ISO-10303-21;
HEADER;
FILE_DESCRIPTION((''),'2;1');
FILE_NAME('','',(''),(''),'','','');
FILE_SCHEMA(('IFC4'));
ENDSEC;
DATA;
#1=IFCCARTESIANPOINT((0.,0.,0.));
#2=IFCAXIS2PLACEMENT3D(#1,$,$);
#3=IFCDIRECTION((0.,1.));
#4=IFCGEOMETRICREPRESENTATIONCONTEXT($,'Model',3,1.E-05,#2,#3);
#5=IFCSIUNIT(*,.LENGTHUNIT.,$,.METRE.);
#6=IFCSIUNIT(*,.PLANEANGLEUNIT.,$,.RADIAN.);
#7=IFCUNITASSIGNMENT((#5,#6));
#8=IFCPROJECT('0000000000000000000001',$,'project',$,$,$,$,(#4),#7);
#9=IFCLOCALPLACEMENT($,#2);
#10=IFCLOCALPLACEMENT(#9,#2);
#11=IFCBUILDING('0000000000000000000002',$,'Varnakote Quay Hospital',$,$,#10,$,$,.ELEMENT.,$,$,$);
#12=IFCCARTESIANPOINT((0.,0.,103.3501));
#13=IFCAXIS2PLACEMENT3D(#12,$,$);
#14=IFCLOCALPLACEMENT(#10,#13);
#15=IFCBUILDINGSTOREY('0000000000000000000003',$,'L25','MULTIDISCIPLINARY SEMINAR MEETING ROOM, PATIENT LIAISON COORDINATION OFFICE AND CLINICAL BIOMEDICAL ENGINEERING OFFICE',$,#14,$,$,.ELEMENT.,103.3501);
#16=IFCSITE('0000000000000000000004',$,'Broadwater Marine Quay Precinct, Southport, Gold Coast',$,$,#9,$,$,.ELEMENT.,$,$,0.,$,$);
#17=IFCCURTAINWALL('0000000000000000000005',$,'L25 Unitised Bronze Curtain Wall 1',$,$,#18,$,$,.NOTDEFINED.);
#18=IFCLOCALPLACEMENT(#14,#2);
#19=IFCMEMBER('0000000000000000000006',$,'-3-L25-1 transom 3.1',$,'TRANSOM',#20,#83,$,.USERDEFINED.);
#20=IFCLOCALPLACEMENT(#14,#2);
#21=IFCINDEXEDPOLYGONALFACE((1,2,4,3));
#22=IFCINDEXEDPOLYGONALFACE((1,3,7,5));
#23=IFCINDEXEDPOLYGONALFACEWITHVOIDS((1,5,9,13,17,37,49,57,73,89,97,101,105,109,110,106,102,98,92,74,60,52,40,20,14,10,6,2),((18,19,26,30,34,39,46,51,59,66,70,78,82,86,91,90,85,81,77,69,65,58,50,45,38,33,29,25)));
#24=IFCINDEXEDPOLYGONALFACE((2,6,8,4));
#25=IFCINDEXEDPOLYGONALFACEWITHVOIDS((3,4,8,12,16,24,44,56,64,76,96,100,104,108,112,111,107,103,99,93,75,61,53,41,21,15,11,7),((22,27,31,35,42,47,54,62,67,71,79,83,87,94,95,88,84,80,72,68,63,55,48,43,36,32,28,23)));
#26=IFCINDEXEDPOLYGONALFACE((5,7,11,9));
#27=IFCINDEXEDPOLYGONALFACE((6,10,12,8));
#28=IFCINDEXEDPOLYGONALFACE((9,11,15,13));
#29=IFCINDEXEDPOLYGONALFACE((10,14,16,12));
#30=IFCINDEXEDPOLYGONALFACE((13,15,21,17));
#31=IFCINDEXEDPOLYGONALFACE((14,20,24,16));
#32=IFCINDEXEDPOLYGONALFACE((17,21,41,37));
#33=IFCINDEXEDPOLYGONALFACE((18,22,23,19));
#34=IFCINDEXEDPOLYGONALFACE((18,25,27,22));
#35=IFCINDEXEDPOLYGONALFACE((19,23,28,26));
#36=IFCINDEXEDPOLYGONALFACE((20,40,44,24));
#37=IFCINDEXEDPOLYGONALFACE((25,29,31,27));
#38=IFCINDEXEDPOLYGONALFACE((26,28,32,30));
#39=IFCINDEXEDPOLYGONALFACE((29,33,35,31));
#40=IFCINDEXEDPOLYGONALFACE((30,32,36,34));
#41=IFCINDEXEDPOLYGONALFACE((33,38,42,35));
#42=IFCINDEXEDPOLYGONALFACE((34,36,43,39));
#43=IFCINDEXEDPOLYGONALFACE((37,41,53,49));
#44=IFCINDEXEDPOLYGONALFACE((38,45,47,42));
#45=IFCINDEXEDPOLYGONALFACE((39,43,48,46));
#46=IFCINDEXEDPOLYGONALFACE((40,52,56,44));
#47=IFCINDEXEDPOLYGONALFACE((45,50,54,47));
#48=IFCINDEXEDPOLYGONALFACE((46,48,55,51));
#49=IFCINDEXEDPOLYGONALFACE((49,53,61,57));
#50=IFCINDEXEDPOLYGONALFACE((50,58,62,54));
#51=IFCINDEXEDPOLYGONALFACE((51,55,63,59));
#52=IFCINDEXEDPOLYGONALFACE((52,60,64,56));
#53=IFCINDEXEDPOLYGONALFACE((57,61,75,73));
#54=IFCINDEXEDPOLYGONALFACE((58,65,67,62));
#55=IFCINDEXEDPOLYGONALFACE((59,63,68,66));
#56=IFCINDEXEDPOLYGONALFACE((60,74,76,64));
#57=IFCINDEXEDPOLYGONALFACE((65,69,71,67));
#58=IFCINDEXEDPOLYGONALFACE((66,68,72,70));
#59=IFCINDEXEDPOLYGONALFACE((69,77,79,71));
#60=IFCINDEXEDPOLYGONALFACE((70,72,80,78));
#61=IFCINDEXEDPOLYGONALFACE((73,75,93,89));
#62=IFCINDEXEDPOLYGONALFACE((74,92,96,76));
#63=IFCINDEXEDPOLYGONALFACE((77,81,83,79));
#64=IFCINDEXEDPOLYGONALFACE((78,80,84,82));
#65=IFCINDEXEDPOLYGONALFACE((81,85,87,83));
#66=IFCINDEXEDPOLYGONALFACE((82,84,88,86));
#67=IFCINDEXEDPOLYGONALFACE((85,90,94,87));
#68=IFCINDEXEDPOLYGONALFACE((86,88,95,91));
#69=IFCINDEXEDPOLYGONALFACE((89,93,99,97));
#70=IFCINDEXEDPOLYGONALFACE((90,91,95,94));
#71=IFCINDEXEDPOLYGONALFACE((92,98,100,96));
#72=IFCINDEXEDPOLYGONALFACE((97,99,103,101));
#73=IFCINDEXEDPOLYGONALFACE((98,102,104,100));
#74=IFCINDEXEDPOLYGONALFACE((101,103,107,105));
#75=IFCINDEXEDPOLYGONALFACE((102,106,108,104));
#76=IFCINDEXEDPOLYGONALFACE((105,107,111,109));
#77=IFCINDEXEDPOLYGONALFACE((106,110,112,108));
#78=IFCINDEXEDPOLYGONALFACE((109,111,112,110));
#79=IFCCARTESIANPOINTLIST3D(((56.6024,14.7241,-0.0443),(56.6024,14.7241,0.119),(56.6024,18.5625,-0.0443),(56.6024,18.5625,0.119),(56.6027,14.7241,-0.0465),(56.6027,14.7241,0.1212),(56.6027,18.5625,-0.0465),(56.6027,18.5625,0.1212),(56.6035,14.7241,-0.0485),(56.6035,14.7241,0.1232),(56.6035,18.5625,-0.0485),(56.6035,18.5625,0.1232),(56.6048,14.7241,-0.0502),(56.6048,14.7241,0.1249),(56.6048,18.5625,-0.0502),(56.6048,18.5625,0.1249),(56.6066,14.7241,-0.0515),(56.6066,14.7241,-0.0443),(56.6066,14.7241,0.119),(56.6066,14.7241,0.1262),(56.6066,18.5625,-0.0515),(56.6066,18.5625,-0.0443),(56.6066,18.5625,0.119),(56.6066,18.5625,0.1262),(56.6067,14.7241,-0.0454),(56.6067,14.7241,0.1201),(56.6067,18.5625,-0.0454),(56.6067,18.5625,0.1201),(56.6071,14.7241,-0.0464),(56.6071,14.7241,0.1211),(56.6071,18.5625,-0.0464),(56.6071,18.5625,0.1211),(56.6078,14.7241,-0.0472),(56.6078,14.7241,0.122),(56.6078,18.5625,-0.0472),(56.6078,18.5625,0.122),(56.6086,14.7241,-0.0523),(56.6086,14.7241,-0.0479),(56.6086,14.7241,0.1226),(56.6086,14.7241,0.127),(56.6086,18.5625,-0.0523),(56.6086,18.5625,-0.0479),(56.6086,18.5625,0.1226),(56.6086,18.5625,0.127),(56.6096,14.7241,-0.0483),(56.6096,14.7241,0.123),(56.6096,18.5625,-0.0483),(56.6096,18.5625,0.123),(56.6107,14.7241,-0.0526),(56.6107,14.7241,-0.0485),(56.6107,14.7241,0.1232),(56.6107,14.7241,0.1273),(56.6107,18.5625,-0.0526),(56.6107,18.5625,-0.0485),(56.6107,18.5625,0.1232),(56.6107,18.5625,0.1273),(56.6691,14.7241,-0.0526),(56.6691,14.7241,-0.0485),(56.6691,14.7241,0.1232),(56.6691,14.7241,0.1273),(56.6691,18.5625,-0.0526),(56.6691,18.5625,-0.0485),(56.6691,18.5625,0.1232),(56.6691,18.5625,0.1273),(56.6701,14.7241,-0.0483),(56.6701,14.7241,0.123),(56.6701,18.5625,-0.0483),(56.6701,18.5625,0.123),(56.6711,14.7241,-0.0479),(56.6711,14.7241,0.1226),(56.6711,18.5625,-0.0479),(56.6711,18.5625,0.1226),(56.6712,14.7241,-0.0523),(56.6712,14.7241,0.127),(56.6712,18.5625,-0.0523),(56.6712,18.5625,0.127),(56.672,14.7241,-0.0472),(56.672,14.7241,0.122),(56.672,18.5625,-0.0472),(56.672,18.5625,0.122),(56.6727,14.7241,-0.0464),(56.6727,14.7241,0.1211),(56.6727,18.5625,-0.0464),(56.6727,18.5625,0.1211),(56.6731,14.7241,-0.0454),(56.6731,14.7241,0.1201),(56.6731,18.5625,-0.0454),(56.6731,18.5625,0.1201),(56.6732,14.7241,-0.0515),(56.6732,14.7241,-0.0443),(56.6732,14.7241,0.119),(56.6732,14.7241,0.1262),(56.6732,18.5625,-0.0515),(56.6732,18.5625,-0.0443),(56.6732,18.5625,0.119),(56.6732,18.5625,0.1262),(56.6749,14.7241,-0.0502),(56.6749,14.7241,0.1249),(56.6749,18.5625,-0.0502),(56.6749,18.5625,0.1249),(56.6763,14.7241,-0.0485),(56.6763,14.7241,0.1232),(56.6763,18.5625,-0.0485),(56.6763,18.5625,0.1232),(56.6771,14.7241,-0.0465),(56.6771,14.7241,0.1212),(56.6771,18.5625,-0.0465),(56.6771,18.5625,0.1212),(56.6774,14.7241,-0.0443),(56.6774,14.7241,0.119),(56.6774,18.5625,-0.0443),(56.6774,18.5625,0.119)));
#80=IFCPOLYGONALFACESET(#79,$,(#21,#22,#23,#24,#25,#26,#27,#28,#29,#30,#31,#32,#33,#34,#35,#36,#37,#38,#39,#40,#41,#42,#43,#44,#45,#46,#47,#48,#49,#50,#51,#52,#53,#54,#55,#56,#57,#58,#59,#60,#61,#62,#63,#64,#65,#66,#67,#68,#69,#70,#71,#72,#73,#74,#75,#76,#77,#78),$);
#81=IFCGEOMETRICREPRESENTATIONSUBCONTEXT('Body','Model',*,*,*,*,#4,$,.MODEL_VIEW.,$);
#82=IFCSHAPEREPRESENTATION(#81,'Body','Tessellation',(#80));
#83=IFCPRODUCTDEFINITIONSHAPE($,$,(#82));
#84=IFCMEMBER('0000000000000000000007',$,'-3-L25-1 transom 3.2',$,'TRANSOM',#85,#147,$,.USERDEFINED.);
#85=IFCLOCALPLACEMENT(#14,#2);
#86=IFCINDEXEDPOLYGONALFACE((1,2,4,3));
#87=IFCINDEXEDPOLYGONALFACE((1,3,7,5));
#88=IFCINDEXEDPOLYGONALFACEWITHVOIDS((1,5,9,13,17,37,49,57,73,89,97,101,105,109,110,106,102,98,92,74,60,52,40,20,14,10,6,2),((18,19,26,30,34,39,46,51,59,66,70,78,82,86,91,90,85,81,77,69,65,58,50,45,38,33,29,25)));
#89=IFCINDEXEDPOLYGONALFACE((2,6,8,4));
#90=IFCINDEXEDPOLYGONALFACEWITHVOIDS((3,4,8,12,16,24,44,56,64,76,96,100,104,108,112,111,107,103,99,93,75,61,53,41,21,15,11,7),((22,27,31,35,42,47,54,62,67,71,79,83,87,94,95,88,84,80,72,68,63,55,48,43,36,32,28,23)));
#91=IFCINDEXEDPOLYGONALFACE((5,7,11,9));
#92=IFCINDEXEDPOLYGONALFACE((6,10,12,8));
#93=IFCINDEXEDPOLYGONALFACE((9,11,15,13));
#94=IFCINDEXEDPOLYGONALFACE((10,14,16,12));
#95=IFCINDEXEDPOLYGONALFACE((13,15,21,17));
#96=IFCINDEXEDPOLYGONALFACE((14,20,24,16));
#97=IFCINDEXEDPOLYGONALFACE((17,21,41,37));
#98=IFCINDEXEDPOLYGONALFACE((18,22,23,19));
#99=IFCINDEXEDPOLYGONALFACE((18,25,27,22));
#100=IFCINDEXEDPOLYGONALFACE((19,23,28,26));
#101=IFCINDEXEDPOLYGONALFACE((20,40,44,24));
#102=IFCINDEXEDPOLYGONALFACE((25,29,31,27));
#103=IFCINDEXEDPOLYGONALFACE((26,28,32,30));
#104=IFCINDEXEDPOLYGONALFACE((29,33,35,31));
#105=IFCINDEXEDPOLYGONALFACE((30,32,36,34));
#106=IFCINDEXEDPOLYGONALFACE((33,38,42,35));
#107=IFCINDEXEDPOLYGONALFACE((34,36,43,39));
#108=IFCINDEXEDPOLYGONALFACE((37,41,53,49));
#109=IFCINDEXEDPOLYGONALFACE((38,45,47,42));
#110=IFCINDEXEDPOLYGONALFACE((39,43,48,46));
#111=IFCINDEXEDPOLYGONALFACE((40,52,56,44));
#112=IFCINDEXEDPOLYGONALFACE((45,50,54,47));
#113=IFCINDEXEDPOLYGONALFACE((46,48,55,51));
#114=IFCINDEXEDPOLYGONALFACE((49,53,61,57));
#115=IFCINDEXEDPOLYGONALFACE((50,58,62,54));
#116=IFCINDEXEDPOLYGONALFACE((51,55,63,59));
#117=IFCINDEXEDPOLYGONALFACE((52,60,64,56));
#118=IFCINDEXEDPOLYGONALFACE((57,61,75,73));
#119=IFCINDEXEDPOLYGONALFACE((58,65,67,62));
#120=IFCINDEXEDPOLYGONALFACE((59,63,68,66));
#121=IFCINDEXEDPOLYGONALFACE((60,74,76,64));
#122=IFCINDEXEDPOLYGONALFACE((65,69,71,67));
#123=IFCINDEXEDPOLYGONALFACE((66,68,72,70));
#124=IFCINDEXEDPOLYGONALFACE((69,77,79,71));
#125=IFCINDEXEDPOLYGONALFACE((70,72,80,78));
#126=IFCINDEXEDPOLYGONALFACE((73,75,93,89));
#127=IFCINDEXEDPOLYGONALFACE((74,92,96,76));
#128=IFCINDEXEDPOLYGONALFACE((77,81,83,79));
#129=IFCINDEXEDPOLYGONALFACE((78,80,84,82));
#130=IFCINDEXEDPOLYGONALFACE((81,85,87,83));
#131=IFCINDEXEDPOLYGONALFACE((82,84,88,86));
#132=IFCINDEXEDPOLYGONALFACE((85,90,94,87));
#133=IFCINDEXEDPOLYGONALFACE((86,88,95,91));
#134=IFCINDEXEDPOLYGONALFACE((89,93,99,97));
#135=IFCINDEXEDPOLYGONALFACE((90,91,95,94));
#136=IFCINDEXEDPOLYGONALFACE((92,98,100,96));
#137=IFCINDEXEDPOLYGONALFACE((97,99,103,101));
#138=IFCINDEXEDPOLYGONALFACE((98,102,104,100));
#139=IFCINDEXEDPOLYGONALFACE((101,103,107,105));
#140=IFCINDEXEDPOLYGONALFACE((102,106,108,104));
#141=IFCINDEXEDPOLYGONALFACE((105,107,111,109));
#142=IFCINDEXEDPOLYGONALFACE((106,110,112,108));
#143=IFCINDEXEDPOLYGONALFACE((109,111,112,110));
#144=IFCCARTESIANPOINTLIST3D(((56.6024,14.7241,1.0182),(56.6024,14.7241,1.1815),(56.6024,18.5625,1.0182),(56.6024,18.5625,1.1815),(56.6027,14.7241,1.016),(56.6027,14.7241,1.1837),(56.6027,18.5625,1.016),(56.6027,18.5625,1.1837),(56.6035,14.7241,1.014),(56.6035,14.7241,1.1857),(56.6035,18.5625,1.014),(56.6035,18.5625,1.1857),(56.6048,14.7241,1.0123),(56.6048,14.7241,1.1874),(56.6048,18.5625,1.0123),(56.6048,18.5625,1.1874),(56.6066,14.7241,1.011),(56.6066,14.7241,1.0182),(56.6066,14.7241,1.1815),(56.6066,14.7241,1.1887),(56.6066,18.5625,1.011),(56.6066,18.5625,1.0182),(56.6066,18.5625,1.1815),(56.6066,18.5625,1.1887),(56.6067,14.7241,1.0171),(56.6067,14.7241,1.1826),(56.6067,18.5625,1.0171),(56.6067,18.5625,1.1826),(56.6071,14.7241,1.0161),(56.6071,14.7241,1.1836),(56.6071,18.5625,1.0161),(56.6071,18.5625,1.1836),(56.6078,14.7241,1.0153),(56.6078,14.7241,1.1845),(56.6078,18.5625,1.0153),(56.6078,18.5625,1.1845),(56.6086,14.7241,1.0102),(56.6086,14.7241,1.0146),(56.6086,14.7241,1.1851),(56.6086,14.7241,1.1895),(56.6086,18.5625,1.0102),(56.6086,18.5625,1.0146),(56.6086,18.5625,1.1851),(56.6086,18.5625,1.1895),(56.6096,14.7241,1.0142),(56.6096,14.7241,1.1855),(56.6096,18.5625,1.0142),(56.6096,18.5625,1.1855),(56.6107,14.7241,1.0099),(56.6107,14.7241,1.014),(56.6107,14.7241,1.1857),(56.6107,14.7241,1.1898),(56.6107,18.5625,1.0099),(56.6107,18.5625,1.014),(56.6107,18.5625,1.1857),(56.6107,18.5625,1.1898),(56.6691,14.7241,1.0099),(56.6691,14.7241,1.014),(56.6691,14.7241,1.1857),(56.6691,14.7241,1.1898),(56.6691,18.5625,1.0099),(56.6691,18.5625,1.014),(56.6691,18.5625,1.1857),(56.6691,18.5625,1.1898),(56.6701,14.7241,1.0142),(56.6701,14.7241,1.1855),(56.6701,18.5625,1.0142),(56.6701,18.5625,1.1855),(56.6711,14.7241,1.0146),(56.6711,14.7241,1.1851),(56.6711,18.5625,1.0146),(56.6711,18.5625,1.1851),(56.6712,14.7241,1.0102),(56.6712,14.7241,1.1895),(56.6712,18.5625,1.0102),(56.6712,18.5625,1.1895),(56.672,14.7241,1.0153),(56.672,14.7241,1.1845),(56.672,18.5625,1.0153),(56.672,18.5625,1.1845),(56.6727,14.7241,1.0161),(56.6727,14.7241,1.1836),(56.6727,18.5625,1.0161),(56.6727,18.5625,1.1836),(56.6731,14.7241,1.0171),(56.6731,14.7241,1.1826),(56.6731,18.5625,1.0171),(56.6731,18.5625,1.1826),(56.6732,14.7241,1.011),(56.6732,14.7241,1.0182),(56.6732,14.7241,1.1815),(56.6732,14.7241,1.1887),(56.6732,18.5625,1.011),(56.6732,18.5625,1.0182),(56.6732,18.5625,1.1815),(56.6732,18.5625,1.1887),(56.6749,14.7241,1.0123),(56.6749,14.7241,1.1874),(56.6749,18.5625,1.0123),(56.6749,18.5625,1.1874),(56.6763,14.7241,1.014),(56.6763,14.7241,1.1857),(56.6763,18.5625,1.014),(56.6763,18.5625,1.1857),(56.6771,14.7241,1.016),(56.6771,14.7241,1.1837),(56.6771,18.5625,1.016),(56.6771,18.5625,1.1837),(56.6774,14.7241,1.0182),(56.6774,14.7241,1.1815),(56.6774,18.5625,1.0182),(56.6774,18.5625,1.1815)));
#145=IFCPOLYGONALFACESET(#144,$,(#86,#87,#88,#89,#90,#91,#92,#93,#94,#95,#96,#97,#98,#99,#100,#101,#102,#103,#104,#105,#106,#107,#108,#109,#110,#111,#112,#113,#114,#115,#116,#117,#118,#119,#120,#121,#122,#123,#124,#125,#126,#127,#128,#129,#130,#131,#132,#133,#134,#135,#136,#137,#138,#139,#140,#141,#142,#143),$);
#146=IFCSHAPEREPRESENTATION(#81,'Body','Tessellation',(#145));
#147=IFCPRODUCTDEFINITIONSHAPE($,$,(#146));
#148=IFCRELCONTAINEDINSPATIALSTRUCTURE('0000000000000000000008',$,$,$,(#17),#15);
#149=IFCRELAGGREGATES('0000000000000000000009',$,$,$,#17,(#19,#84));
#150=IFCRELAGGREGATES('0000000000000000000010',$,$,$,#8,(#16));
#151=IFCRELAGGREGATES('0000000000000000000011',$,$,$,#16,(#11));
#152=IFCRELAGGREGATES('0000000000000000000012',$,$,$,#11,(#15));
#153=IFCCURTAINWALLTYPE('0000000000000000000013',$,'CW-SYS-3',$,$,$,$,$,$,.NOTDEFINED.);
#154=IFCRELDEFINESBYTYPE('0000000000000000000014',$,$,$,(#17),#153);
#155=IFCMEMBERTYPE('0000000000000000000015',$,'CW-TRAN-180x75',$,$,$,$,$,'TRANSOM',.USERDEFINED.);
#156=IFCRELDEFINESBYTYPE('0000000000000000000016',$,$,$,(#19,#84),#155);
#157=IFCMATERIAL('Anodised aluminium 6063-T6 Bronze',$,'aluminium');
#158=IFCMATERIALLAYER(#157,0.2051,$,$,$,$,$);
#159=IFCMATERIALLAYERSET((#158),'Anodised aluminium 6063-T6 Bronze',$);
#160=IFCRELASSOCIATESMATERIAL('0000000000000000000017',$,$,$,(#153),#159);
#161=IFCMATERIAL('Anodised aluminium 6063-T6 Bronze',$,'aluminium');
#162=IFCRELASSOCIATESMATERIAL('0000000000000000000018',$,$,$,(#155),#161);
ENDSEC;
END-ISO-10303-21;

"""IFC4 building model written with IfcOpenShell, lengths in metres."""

from ifc_helpers import new_model, si_unit, direction, frame, origin, origin_2d, place, context, subcontext, project, spatial, hollow_rectangle, extrude, material, layer, layer_set, material_profile, profile_set, type_object, element, aggregate, save


model = new_model("IFC4")

# Units and contexts
model_context = context("Model", 3, precision=1e-05, world=origin(), true_north=direction((0.0, 1.0)))
body_context = subcontext(model_context, "Body", "Model", "MODEL_VIEW")
ifc_project = project(units=[si_unit("LENGTHUNIT", "METRE"), si_unit("PLANEANGLEUNIT", "RADIAN")], contexts=[model_context])

# Site, building, storey
site_placement = place(None, origin())
site = spatial("IfcSite", under=ifc_project, at=site_placement, Name="Broadwater Marine Quay Precinct, Southport, Gold Coast", CompositionType="ELEMENT", RefElevation=0.0)
building_placement = place(site_placement, origin())
building = spatial("IfcBuilding", under=site, at=building_placement, Name="Varnakote Quay Hospital", CompositionType="ELEMENT")
storey_placement = place(building_placement, frame((0.0, 0.0, 103.3501)))
storey = spatial("IfcBuildingStorey", under=building, at=storey_placement, Name="L25", Description="MULTIDISCIPLINARY SEMINAR MEETING ROOM, PATIENT LIAISON COORDINATION OFFICE AND CLINICAL BIOMEDICAL ENGINEERING OFFICE", CompositionType="ELEMENT", Elevation=103.3501)

# Curtain wall, members
ifc_material_1 = material(Name="Anodised aluminium 6063-T6 Bronze", Category="aluminium")
ifc_layer_1 = layer(ifc_material_1, 0.2051)
ifc_layer_set_1 = layer_set([ifc_layer_1], Name="Anodised aluminium 6063-T6 Bronze")
curtain_wall_type = type_object("IfcCurtainWallType", Name="CW-SYS-3", PredefinedType="NOTDEFINED", material=ifc_layer_set_1)
curtain_wall_placement = place(storey_placement, origin())
curtain_wall = element("IfcCurtainWall", 1, at=curtain_wall_placement, inside=storey, type_object=curtain_wall_type, Name="L25 Unitised Bronze Curtain Wall 1", PredefinedType="NOTDEFINED")
ifc_material_2 = material(Name="Anodised aluminium 6063-T6 Bronze", Category="aluminium")
ifc_material_profile_1 = material_profile(ifc_material_2, hollow_rectangle(XDim=0.075, YDim=0.1799, WallThickness=0.0042, InnerFilletRadius=0.0042, OuterFilletRadius=0.0083, at=origin_2d()), Name="CW-TRAN-180x75")
ifc_profile_set_1 = profile_set([ifc_material_profile_1], Name="Anodised aluminium 6063-T6 Bronze")
member_type_1 = type_object("IfcMemberType", Name="CW-TRAN-180x75", ElementType="TRANSOM", PredefinedType="USERDEFINED", material=ifc_profile_set_1)
member_1_placement = place(storey_placement, frame((56.6399, 14.7241, 0.0374), z_axis=(0.0, 1.0, 0.0), x_axis=(-1.0, 0.0, 0.0)))
member_1 = element("IfcMember", 2, at=member_1_placement, type_object=member_type_1, Name="-3-L25-1 transom 3.1", ObjectType="TRANSOM", PredefinedType="USERDEFINED", context=body_context, shape_type="SweptSolid", body=[
    extrude(hollow_rectangle(XDim=0.075, YDim=0.1799, WallThickness=0.0042, InnerFilletRadius=0.0042, OuterFilletRadius=0.0083, at=origin_2d()), origin(), (0.0, 0.0, 1.0), 3.8384),
])
member_2_placement = place(storey_placement, frame((56.6399, 14.7241, 1.0999), z_axis=(0.0, 1.0, 0.0), x_axis=(-1.0, 0.0, 0.0)))
member_2 = element("IfcMember", 3, at=member_2_placement, type_object=member_type_1, Name="-3-L25-1 transom 3.2", ObjectType="TRANSOM", PredefinedType="USERDEFINED", context=body_context, shape_type="SweptSolid", body=[
    extrude(hollow_rectangle(XDim=0.075, YDim=0.1799, WallThickness=0.0042, InnerFilletRadius=0.0042, OuterFilletRadius=0.0083, at=origin_2d()), origin(), (0.0, 0.0, 1.0), 3.8384),
])
aggregate(curtain_wall, [member_1, member_2])

save(model, "model.ifc")
